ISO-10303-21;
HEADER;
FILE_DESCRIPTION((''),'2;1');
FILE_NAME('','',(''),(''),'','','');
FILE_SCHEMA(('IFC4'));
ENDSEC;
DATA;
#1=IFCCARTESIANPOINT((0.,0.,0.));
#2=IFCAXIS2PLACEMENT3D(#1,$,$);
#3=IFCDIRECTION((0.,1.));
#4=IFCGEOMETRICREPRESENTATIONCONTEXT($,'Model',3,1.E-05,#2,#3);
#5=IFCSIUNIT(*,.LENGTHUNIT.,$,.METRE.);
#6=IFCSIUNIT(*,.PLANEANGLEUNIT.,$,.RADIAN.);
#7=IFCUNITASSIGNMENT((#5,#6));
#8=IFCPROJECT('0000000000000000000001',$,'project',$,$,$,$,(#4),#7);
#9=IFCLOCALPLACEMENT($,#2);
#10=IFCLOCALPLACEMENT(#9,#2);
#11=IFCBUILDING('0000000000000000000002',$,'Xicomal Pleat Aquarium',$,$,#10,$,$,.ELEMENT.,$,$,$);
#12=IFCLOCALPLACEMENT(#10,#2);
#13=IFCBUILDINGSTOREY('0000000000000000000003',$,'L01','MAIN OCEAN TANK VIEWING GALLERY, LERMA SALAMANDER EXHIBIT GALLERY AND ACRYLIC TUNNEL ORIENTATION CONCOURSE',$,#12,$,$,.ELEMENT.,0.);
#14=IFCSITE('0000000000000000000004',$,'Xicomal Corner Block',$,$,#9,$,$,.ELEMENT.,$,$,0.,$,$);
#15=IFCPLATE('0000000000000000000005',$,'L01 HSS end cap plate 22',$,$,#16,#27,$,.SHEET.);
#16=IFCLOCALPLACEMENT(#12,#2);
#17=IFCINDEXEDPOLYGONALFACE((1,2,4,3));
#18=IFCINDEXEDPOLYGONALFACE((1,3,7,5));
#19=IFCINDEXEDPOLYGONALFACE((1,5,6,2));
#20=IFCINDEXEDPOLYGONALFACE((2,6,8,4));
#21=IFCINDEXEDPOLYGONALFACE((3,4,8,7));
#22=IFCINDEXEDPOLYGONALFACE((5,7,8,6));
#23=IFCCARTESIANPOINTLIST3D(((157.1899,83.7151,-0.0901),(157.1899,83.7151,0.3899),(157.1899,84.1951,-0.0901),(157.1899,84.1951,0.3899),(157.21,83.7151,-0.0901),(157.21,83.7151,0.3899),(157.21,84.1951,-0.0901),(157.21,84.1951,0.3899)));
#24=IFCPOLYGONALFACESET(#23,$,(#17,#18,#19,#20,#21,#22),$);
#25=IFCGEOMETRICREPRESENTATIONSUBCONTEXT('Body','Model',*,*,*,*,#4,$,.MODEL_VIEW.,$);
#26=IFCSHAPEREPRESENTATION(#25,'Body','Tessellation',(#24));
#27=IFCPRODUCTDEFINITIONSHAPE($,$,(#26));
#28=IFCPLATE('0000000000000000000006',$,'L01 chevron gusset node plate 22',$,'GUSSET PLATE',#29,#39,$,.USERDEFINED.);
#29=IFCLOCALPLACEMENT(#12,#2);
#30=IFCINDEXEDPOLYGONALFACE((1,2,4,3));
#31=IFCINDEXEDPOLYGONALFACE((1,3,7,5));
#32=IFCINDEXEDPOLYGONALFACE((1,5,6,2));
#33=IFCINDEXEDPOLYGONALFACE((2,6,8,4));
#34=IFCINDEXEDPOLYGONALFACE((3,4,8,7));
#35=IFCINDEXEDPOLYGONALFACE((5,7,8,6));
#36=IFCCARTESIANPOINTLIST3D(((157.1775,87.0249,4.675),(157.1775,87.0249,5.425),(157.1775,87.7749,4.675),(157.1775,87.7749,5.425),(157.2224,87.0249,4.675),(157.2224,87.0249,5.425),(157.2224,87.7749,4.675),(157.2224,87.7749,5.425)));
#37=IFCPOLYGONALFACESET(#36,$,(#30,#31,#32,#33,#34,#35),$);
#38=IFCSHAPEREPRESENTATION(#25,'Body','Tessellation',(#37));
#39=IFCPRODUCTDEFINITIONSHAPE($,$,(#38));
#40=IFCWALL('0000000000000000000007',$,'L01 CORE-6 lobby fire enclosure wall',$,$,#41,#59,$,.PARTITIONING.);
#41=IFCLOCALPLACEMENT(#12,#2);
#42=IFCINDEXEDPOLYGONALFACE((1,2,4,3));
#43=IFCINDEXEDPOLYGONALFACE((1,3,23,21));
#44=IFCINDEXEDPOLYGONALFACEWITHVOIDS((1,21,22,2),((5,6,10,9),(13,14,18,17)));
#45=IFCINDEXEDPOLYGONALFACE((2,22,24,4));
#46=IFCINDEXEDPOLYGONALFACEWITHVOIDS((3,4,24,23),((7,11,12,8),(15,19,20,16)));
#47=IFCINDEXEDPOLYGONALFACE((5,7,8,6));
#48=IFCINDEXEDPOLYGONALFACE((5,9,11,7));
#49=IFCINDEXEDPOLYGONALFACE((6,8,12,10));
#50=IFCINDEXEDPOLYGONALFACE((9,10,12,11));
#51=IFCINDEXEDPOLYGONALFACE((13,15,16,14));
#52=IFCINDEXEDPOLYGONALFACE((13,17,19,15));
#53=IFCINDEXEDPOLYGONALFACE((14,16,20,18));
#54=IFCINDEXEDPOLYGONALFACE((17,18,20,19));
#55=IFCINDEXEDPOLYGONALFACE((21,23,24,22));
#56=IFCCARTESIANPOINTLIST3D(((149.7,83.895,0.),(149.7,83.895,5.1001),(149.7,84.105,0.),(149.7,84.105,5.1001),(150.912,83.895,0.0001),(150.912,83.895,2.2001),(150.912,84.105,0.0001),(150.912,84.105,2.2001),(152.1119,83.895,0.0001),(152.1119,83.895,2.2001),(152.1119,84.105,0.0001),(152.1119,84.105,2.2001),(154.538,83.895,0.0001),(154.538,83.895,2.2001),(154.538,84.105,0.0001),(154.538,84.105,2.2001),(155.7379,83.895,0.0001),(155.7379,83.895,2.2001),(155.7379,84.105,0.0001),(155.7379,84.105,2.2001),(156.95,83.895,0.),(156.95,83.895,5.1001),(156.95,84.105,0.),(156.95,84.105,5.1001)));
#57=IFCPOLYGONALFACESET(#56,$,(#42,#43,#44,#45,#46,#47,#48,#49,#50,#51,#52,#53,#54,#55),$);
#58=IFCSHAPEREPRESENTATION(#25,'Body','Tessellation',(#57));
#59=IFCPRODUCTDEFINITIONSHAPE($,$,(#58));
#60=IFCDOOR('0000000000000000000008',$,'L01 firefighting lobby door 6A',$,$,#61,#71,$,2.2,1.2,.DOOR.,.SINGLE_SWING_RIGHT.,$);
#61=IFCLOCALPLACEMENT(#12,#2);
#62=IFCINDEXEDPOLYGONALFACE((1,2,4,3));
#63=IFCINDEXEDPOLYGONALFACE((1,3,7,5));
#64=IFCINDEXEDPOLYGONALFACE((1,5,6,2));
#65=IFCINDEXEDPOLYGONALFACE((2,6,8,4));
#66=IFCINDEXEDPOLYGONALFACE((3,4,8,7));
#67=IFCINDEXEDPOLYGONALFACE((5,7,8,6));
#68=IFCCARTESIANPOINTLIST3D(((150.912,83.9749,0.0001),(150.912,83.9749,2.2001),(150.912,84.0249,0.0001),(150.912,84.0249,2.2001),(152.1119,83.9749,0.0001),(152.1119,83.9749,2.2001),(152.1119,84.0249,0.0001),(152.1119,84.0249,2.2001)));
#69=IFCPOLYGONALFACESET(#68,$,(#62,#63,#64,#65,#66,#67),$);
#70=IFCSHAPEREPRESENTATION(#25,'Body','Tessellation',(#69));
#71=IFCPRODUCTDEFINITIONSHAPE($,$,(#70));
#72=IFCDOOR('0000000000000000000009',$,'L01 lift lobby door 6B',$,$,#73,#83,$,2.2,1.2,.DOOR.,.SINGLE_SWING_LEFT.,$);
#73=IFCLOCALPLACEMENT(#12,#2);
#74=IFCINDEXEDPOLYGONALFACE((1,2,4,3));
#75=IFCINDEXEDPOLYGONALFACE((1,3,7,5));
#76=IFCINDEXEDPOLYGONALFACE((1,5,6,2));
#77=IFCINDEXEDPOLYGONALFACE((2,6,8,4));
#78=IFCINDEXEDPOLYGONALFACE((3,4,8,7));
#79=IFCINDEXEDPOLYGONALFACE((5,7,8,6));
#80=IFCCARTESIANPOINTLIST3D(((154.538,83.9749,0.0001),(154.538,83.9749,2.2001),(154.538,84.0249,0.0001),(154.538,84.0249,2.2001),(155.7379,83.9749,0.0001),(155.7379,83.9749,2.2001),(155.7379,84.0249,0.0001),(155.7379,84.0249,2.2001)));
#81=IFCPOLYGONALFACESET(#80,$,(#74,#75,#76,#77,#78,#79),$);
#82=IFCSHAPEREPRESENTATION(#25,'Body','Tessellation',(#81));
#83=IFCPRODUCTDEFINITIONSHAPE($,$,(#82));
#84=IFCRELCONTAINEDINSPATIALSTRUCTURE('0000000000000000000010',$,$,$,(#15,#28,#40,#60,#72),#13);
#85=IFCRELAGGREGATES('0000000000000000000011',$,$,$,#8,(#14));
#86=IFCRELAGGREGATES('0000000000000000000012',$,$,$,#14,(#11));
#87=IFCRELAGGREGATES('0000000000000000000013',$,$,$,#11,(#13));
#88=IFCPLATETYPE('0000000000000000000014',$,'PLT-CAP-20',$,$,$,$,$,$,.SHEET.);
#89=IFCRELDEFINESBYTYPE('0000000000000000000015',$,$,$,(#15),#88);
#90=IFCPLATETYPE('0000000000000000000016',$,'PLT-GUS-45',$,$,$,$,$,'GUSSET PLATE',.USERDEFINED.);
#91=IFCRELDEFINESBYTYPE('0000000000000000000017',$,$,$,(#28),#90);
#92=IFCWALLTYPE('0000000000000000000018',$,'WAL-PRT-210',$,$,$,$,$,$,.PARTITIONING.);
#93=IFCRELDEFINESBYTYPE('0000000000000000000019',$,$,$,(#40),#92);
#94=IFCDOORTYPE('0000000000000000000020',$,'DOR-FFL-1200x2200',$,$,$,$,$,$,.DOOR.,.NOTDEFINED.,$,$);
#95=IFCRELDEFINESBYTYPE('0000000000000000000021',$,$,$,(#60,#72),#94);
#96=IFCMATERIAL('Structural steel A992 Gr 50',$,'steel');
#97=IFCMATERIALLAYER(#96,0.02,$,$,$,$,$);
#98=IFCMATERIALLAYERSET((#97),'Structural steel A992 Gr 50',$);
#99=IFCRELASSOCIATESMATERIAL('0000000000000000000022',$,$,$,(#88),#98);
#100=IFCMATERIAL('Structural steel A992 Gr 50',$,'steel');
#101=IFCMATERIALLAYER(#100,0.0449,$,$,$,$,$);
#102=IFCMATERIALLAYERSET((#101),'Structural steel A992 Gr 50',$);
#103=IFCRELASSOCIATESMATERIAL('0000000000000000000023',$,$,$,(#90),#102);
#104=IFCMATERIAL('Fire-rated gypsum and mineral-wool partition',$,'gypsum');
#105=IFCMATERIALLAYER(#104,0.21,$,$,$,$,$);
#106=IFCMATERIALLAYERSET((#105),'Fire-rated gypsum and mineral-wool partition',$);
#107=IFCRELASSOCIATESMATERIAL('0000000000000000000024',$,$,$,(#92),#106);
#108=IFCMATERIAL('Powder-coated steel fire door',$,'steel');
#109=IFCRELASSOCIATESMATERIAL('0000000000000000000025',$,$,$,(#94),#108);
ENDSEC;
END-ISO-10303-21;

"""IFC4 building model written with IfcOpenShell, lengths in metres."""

from ifc_helpers import new_model, si_unit, direction, frame, frame_2d, origin, origin_2d, place, context, subcontext, project, spatial, rectangle, extrude, material, layer, layer_set, type_object, element, fill, save


model = new_model("IFC4")

# Units and contexts
model_context = context("Model", 3, precision=1e-05, world=origin(), true_north=direction((0.0, 1.0)))
body_context = subcontext(model_context, "Body", "Model", "MODEL_VIEW")
ifc_project = project(units=[si_unit("LENGTHUNIT", "METRE"), si_unit("PLANEANGLEUNIT", "RADIAN")], contexts=[model_context])

# Site, building, storey
site_placement = place(None, origin())
site = spatial("IfcSite", under=ifc_project, at=site_placement, Name="Xicomal Corner Block", CompositionType="ELEMENT", RefElevation=0.0)
building_placement = place(site_placement, origin())
building = spatial("IfcBuilding", under=site, at=building_placement, Name="Xicomal Pleat Aquarium", CompositionType="ELEMENT")
storey_placement = place(building_placement, origin())
storey = spatial("IfcBuildingStorey", under=building, at=storey_placement, Name="L01", Description="MAIN OCEAN TANK VIEWING GALLERY, LERMA SALAMANDER EXHIBIT GALLERY AND ACRYLIC TUNNEL ORIENTATION CONCOURSE", CompositionType="ELEMENT", Elevation=0.0)

# Plates
ifc_material_1 = material(Name="Structural steel A992 Gr 50", Category="steel")
ifc_layer_1 = layer(ifc_material_1, 0.02)
ifc_layer_set_1 = layer_set([ifc_layer_1], Name="Structural steel A992 Gr 50")
plate_type_1 = type_object("IfcPlateType", Name="PLT-CAP-20", PredefinedType="SHEET", material=ifc_layer_set_1)
plate_1_placement = place(storey_placement, frame((157.2, 83.9551, -0.0901), z_axis=(0.0, 0.0, 1.0), x_axis=(0.0, 1.0, 0.0)))
element("IfcPlate", 1, at=plate_1_placement, inside=storey, type_object=plate_type_1, Name="L01 HSS end cap plate 22", PredefinedType="SHEET", context=body_context, shape_type="SweptSolid", body=[
    extrude(rectangle(XDim=0.48, YDim=0.02, at=origin_2d()), origin(), (0.0, 0.0, 1.0), 0.48),
])
ifc_material_2 = material(Name="Structural steel A992 Gr 50", Category="steel")
ifc_layer_2 = layer(ifc_material_2, 0.0449)
ifc_layer_set_2 = layer_set([ifc_layer_2], Name="Structural steel A992 Gr 50")
plate_type_2 = type_object("IfcPlateType", Name="PLT-GUS-45", ElementType="GUSSET PLATE", PredefinedType="USERDEFINED", material=ifc_layer_set_2)
plate_2_placement = place(storey_placement, frame((157.2, 87.3999, 4.675), z_axis=(0.0, 0.0, 1.0), x_axis=(0.0, 1.0, 0.0)))
element("IfcPlate", 2, at=plate_2_placement, inside=storey, type_object=plate_type_2, Name="L01 chevron gusset node plate 22", ObjectType="GUSSET PLATE", PredefinedType="USERDEFINED", context=body_context, shape_type="SweptSolid", body=[
    extrude(rectangle(XDim=0.75, YDim=0.0449, at=origin_2d()), origin(), (0.0, 0.0, 1.0), 0.75),
])

# Wall, openings, doors
ifc_material_3 = material(Name="Fire-rated gypsum and mineral-wool partition", Category="gypsum")
ifc_layer_3 = layer(ifc_material_3, 0.21)
ifc_layer_set_3 = layer_set([ifc_layer_3], Name="Fire-rated gypsum and mineral-wool partition")
wall_type_1 = type_object("IfcWallType", Name="WAL-PRT-210", PredefinedType="PARTITIONING", material=ifc_layer_set_3)
wall_1_placement = place(storey_placement, frame((149.7, 84.0, 0.0), z_axis=(0.0, 0.0, 1.0), x_axis=(1.0, 0.0, 0.0)))
wall_1 = element("IfcWall", 3, at=wall_1_placement, inside=storey, type_object=wall_type_1, Name="L01 CORE-6 lobby fire enclosure wall", PredefinedType="PARTITIONING", context=body_context, shape_type="SweptSolid", body=[
    extrude(rectangle(XDim=7.25, YDim=0.21, at=frame_2d((3.625, 0.0))), origin(), (0.0, 0.0, 1.0), 5.1001),
])
opening_1_placement = place(wall_1_placement, frame((1.2119, 0.0, 0.0)))
opening_1 = element("IfcOpeningElement", 4, at=opening_1_placement, cuts=wall_1, PredefinedType="OPENING", context=body_context, shape_type="SweptSolid", body=[
    extrude(rectangle(XDim=1.2, YDim=2.2, at=frame_2d((0.6001, 1.1001))), frame((0.0, 0.115, 0.0), z_axis=(0.0, -1.0, 0.0), x_axis=(1.0, 0.0, 0.0)), (0.0, 0.0, 1.0), 0.23),
])
opening_2_placement = place(wall_1_placement, frame((4.8379, 0.0, 0.0)))
opening_2 = element("IfcOpeningElement", 5, at=opening_2_placement, cuts=wall_1, PredefinedType="OPENING", context=body_context, shape_type="SweptSolid", body=[
    extrude(rectangle(XDim=1.2, YDim=2.2, at=frame_2d((0.6001, 1.1001))), frame((0.0, 0.115, 0.0), z_axis=(0.0, -1.0, 0.0), x_axis=(1.0, 0.0, 0.0)), (0.0, 0.0, 1.0), 0.23),
])
ifc_material_4 = material(Name="Powder-coated steel fire door", Category="steel")
door_type_1 = type_object("IfcDoorType", Name="DOR-FFL-1200x2200", OperationType="NOTDEFINED", PredefinedType="DOOR", material=ifc_material_4)
door_1_placement = place(opening_1_placement, origin())
door_1 = element("IfcDoor", 6, at=door_1_placement, inside=storey, type_object=door_type_1, Name="L01 firefighting lobby door 6A", OperationType="SINGLE_SWING_RIGHT", OverallHeight=2.2, OverallWidth=1.2, PredefinedType="DOOR", context=body_context, shape_type="SweptSolid", body=[
    extrude(rectangle(XDim=1.2, YDim=2.2, at=frame_2d((0.6001, 1.1001))), frame((0.0, 0.0249, 0.0), z_axis=(0.0, -1.0, 0.0), x_axis=(1.0, 0.0, 0.0)), (0.0, 0.0, 1.0), 0.05),
])
fill(opening_1, door_1)
door_2_placement = place(opening_2_placement, origin())
door_2 = element("IfcDoor", 7, at=door_2_placement, inside=storey, type_object=door_type_1, Name="L01 lift lobby door 6B", OperationType="SINGLE_SWING_LEFT", OverallHeight=2.2, OverallWidth=1.2, PredefinedType="DOOR", context=body_context, shape_type="SweptSolid", body=[
    extrude(rectangle(XDim=1.2, YDim=2.2, at=frame_2d((0.6001, 1.1001))), frame((0.0, 0.0249, 0.0), z_axis=(0.0, -1.0, 0.0), x_axis=(1.0, 0.0, 0.0)), (0.0, 0.0, 1.0), 0.05),
])
fill(opening_2, door_2)

save(model, "model.ifc")
